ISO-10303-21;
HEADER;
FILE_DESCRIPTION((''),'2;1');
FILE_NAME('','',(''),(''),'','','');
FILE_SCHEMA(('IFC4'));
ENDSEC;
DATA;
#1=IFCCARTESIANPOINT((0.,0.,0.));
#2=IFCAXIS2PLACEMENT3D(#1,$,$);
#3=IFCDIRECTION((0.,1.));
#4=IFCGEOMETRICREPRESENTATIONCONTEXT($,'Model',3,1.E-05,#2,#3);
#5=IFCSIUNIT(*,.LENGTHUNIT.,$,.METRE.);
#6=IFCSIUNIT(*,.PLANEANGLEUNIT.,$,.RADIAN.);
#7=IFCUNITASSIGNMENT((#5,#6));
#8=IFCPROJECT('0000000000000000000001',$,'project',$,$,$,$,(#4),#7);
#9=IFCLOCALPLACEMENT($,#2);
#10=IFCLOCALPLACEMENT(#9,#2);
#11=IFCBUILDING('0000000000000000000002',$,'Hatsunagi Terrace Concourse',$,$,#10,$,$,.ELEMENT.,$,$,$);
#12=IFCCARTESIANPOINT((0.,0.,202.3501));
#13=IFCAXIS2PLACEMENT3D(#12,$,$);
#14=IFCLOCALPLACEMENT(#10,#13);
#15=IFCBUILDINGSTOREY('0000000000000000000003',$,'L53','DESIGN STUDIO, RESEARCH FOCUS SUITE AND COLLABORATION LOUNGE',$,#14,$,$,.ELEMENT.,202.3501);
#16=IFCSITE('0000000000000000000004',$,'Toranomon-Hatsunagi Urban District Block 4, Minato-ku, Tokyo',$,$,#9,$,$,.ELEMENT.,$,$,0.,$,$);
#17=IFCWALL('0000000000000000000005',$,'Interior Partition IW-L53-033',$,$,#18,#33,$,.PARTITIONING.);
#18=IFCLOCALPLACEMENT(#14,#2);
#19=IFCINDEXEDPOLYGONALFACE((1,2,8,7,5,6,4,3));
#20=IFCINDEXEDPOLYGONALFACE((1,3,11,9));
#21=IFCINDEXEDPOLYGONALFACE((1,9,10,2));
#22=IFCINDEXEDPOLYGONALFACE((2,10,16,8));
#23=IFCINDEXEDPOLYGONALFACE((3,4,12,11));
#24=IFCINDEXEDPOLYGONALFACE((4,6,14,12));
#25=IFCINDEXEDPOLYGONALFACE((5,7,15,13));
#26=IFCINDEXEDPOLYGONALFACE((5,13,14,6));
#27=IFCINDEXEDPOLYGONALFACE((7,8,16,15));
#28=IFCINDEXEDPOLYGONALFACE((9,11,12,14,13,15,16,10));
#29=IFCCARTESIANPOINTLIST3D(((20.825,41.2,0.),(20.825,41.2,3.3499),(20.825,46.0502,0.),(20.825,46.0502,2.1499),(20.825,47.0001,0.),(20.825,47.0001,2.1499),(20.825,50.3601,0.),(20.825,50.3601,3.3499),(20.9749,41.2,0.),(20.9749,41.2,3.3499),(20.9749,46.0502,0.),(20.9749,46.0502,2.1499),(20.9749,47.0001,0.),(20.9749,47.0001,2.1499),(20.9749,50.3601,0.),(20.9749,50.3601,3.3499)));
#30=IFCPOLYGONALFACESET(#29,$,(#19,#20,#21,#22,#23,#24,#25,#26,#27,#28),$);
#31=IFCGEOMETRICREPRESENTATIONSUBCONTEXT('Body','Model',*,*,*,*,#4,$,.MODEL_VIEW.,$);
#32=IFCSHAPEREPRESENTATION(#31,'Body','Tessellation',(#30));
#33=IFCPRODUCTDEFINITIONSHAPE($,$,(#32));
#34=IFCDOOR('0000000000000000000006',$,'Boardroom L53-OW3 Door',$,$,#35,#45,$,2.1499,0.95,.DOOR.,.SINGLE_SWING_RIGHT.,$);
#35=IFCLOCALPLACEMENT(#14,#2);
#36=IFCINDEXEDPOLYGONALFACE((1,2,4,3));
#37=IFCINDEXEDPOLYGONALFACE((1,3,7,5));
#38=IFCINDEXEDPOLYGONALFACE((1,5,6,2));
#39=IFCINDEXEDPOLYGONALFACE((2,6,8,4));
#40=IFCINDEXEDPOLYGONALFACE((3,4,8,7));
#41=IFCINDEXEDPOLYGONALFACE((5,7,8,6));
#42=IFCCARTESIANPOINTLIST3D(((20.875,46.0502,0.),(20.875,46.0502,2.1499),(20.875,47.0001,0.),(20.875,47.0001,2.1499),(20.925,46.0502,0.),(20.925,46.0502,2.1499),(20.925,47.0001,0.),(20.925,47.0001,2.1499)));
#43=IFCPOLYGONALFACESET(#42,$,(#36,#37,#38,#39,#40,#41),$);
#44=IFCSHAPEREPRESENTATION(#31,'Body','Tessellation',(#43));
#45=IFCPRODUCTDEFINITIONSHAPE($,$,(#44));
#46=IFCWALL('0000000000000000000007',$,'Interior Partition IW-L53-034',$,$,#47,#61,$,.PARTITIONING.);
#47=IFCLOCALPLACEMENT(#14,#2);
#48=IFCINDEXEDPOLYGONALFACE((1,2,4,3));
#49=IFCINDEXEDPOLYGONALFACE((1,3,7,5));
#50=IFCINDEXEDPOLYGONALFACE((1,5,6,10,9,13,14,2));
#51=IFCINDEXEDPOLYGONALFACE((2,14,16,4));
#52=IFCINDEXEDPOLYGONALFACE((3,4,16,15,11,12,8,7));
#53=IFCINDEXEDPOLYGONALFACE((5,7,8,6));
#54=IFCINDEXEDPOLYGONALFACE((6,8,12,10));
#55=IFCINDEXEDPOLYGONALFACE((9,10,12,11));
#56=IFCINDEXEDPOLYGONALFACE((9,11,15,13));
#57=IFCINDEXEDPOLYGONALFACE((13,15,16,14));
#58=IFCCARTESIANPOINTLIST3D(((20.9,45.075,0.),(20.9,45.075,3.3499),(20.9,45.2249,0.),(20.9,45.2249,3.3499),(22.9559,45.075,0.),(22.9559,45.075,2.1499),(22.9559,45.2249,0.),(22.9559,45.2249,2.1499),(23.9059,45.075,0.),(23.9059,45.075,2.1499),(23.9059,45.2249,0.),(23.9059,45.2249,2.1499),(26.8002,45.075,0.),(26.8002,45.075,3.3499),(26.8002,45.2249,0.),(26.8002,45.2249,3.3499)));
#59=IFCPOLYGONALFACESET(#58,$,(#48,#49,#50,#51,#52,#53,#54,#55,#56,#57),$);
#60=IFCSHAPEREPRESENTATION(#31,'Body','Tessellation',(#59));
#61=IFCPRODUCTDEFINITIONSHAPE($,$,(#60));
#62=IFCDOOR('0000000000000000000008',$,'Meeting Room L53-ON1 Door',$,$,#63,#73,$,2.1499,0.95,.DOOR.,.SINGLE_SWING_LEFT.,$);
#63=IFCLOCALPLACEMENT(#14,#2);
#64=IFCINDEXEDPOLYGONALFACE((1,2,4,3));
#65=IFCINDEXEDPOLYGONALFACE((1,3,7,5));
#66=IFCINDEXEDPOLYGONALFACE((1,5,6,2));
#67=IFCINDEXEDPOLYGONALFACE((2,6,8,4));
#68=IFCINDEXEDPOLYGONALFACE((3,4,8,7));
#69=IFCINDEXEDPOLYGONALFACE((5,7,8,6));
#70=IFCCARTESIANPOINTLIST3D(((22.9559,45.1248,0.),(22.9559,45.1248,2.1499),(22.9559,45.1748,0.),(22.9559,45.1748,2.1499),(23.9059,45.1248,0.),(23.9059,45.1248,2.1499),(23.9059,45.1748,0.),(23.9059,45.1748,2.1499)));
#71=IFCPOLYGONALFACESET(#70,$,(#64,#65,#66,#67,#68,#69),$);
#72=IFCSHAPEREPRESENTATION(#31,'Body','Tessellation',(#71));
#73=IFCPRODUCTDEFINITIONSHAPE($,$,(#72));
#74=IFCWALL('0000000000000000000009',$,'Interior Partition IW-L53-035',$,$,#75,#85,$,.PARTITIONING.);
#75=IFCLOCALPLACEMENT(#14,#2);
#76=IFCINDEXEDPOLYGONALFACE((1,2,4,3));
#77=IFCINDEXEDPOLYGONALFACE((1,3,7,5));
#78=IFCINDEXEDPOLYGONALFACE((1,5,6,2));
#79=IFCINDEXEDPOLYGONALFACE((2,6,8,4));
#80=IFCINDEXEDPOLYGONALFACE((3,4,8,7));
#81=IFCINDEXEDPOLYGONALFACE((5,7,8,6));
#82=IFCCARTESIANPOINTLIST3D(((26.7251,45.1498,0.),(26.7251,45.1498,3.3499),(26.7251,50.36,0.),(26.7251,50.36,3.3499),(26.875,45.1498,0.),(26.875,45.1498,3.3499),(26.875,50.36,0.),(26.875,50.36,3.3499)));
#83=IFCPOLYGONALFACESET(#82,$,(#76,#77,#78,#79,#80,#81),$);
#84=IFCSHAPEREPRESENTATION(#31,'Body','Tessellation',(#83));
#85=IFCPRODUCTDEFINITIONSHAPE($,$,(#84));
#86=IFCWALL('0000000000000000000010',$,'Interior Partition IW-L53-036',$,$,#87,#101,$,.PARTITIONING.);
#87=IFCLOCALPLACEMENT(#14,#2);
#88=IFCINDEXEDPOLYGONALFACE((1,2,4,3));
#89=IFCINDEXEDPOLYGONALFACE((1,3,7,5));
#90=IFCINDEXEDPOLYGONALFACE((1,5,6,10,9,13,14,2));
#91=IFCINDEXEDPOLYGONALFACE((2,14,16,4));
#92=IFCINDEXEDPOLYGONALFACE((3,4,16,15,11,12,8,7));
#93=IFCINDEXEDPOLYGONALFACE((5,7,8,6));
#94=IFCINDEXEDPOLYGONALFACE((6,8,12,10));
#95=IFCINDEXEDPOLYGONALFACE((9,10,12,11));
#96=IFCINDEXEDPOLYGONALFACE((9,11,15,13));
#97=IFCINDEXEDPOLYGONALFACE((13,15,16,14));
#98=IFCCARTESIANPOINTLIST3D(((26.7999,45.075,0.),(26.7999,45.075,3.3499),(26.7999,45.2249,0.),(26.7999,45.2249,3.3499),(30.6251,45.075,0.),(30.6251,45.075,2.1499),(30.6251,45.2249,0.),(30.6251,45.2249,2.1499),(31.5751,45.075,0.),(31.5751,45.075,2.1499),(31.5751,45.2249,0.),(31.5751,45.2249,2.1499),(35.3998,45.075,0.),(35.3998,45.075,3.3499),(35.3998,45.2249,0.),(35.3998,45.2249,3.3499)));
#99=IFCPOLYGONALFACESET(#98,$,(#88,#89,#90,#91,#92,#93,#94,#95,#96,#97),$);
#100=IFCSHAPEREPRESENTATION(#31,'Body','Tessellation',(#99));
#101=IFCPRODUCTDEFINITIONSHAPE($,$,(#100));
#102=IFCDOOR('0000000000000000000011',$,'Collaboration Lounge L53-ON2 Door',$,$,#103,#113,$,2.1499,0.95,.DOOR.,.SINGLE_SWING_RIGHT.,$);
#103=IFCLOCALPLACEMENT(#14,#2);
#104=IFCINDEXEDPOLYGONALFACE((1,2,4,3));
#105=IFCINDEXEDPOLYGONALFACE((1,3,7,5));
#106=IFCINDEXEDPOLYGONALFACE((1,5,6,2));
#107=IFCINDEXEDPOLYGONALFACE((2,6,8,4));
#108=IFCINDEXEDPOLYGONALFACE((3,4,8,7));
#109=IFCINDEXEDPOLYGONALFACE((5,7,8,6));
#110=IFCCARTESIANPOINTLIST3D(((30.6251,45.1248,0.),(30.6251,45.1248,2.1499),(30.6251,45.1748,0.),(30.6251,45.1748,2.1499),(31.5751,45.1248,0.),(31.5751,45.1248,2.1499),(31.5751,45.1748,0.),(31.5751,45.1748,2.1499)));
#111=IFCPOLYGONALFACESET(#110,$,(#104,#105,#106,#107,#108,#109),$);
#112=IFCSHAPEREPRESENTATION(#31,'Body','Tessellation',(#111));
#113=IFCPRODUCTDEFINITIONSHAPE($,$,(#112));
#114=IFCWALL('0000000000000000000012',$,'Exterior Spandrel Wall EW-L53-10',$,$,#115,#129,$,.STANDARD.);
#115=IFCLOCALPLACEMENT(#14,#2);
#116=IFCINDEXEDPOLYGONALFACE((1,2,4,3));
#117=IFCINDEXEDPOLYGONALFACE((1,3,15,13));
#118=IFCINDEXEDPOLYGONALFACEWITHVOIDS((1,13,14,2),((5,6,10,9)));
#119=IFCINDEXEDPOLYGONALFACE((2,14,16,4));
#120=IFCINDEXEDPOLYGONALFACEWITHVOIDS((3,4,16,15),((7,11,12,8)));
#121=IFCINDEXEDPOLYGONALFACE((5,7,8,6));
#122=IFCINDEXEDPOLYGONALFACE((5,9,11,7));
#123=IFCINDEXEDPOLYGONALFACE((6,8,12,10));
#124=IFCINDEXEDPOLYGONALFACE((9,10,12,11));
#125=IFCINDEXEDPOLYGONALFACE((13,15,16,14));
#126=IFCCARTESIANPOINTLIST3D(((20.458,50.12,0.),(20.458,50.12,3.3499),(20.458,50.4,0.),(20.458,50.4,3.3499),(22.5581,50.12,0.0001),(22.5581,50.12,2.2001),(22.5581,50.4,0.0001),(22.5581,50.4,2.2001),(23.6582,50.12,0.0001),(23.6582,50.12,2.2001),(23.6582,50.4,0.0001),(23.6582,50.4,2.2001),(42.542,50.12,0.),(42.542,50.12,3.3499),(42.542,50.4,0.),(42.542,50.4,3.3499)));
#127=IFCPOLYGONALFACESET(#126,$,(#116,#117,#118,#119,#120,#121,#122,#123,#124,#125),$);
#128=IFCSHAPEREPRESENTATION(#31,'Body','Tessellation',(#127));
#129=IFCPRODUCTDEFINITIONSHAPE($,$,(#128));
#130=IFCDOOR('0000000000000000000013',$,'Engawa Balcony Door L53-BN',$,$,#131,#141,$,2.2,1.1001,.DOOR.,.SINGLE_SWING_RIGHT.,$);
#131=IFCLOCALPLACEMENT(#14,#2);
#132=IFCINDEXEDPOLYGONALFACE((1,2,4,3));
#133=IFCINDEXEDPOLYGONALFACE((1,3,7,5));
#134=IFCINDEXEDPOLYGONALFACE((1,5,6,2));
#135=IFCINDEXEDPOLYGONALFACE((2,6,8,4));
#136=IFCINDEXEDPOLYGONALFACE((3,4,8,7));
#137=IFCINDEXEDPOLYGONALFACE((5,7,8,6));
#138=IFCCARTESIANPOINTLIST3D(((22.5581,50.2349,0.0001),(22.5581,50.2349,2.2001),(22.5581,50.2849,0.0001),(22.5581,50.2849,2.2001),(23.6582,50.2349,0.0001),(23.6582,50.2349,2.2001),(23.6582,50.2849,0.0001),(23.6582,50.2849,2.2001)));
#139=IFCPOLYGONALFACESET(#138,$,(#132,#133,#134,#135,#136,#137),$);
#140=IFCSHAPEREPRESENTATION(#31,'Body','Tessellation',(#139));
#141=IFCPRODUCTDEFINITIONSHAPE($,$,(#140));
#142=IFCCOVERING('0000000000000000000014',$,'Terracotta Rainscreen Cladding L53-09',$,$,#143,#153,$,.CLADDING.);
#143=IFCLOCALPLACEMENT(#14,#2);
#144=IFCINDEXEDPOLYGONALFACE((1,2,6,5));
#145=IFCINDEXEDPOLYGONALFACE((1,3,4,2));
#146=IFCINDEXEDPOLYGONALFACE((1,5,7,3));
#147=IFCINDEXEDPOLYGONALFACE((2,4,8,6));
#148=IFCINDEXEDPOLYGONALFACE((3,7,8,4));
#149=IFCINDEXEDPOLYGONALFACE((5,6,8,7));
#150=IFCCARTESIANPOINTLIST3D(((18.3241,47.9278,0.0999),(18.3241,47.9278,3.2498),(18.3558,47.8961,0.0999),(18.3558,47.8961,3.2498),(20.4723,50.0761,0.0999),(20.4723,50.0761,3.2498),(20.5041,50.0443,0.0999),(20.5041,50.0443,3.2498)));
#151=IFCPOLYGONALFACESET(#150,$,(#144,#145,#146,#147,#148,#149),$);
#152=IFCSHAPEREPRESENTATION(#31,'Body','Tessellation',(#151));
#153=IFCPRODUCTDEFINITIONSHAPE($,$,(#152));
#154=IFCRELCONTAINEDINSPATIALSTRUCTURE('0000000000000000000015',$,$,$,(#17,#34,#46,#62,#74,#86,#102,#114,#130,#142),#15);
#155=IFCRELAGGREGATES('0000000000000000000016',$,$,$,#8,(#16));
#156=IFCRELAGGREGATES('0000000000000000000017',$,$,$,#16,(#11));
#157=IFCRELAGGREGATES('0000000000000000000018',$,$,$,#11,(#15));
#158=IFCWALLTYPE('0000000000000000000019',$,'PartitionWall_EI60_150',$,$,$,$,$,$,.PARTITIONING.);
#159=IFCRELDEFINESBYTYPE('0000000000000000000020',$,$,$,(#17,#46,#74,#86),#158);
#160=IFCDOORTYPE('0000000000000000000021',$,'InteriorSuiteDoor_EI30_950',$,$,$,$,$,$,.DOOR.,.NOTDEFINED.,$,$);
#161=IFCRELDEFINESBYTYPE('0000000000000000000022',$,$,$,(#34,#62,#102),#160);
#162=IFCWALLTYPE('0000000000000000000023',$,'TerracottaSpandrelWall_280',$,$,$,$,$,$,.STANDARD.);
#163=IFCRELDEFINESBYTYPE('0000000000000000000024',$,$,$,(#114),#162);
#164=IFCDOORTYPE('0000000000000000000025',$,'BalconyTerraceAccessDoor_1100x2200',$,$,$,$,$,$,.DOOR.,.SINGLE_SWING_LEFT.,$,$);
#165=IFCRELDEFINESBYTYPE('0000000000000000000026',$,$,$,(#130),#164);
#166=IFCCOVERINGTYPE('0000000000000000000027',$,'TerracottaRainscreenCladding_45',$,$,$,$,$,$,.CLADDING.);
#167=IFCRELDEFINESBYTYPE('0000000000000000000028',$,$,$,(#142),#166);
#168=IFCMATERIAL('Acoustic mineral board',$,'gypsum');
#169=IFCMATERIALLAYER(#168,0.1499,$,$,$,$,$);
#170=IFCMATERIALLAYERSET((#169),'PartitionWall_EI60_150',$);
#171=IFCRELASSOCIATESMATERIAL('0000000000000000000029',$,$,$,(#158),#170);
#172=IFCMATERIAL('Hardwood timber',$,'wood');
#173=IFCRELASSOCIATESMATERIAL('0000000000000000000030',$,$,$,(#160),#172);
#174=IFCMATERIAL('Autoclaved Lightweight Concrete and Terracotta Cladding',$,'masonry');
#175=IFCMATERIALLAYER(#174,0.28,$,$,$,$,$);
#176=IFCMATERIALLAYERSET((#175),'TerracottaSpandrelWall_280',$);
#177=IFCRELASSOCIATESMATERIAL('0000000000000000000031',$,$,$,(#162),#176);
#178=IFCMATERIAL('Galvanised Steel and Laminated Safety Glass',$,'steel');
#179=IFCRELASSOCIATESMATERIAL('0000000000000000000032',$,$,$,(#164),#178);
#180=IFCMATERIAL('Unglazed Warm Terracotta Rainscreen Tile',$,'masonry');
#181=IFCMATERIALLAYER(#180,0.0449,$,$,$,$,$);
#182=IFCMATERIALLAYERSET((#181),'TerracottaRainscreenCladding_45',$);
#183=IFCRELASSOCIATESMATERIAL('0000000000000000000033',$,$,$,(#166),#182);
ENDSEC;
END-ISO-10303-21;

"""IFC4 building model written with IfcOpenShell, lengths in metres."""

from ifc_helpers import new_model, si_unit, direction, frame, frame_2d, origin, origin_2d, place, context, subcontext, project, spatial, rectangle, extrude, material, layer, layer_set, type_object, element, fill, save


model = new_model("IFC4")

# Units and contexts
model_context = context("Model", 3, precision=1e-05, world=origin(), true_north=direction((0.0, 1.0)))
body_context = subcontext(model_context, "Body", "Model", "MODEL_VIEW")
ifc_project = project(units=[si_unit("LENGTHUNIT", "METRE"), si_unit("PLANEANGLEUNIT", "RADIAN")], contexts=[model_context])

# Site, building, storey
site_placement = place(None, origin())
site = spatial("IfcSite", under=ifc_project, at=site_placement, Name="Toranomon-Hatsunagi Urban District Block 4, Minato-ku, Tokyo", CompositionType="ELEMENT", RefElevation=0.0)
building_placement = place(site_placement, origin())
building = spatial("IfcBuilding", under=site, at=building_placement, Name="Hatsunagi Terrace Concourse", CompositionType="ELEMENT")
storey_placement = place(building_placement, frame((0.0, 0.0, 202.3501)))
storey = spatial("IfcBuildingStorey", under=building, at=storey_placement, Name="L53", Description="DESIGN STUDIO, RESEARCH FOCUS SUITE AND COLLABORATION LOUNGE", CompositionType="ELEMENT", Elevation=202.3501)

# Walls, openings, doors
ifc_material_1 = material(Name="Acoustic mineral board", Category="gypsum")
ifc_layer_1 = layer(ifc_material_1, 0.1499)
ifc_layer_set_1 = layer_set([ifc_layer_1], Name="PartitionWall_EI60_150")
wall_type_1 = type_object("IfcWallType", Name="PartitionWall_EI60_150", PredefinedType="PARTITIONING", material=ifc_layer_set_1)
wall_1_placement = place(storey_placement, frame((20.8999, 41.2, 0.0), z_axis=(0.0, 0.0, 1.0), x_axis=(0.0, 1.0, 0.0)))
wall_1 = element("IfcWall", 1, at=wall_1_placement, inside=storey, type_object=wall_type_1, Name="Interior Partition IW-L53-033", PredefinedType="PARTITIONING", context=body_context, shape_type="SweptSolid", body=[
    extrude(rectangle(XDim=9.1602, YDim=0.1499, at=frame_2d((4.5801, 0.0))), origin(), (0.0, 0.0, 1.0), 3.3499),
])
opening_1_placement = place(wall_1_placement, frame((4.8501, 0.0, 0.0)))
opening_1 = element("IfcOpeningElement", 2, at=opening_1_placement, cuts=wall_1, PredefinedType="OPENING", context=body_context, shape_type="SweptSolid", body=[
    extrude(rectangle(XDim=0.95, YDim=2.1499, at=frame_2d((0.4751, 1.075))), frame((0.0, 0.085, 0.0), z_axis=(0.0, -1.0, 0.0), x_axis=(1.0, 0.0, 0.0)), (0.0, 0.0, 1.0), 0.1699),
])
ifc_material_2 = material(Name="Hardwood timber", Category="wood")
door_type_1 = type_object("IfcDoorType", Name="InteriorSuiteDoor_EI30_950", OperationType="NOTDEFINED", PredefinedType="DOOR", material=ifc_material_2)
door_1_placement = place(opening_1_placement, origin())
door_1 = element("IfcDoor", 3, at=door_1_placement, inside=storey, type_object=door_type_1, Name="Boardroom L53-OW3 Door", OperationType="SINGLE_SWING_RIGHT", OverallHeight=2.1499, OverallWidth=0.95, PredefinedType="DOOR", context=body_context, shape_type="SweptSolid", body=[
    extrude(rectangle(XDim=0.95, YDim=2.1499, at=frame_2d((0.4751, 1.075))), frame((0.0, 0.0249, 0.0), z_axis=(0.0, -1.0, 0.0), x_axis=(1.0, 0.0, 0.0)), (0.0, 0.0, 1.0), 0.05),
])
fill(opening_1, door_1)
wall_2_placement = place(storey_placement, frame((20.8999, 45.1499, 0.0), z_axis=(0.0, 0.0, 1.0), x_axis=(1.0, 0.0, 0.0)))
wall_2 = element("IfcWall", 4, at=wall_2_placement, inside=storey, type_object=wall_type_1, Name="Interior Partition IW-L53-034", PredefinedType="PARTITIONING", context=body_context, shape_type="SweptSolid", body=[
    extrude(rectangle(XDim=5.9001, YDim=0.1499, at=frame_2d((2.9502, 0.0))), origin(), (0.0, 0.0, 1.0), 3.3499),
])
opening_2_placement = place(wall_2_placement, frame((2.0559, 0.0, 0.0)))
opening_2 = element("IfcOpeningElement", 5, at=opening_2_placement, cuts=wall_2, PredefinedType="OPENING", context=body_context, shape_type="SweptSolid", body=[
    extrude(rectangle(XDim=0.95, YDim=2.1499, at=frame_2d((0.4751, 1.075))), frame((0.0, 0.085, 0.0), z_axis=(0.0, -1.0, 0.0), x_axis=(1.0, 0.0, 0.0)), (0.0, 0.0, 1.0), 0.1699),
])
door_2_placement = place(opening_2_placement, origin())
door_2 = element("IfcDoor", 6, at=door_2_placement, inside=storey, type_object=door_type_1, Name="Meeting Room L53-ON1 Door", OperationType="SINGLE_SWING_LEFT", OverallHeight=2.1499, OverallWidth=0.95, PredefinedType="DOOR", context=body_context, shape_type="SweptSolid", body=[
    extrude(rectangle(XDim=0.95, YDim=2.1499, at=frame_2d((0.4751, 1.075))), frame((0.0, 0.0249, 0.0), z_axis=(0.0, -1.0, 0.0), x_axis=(1.0, 0.0, 0.0)), (0.0, 0.0, 1.0), 0.05),
])
fill(opening_2, door_2)

# Wall
wall_3_placement = place(storey_placement, frame((26.8, 45.1499, 0.0), z_axis=(0.0, 0.0, 1.0), x_axis=(0.0, 1.0, 0.0)))
element("IfcWall", 7, at=wall_3_placement, inside=storey, type_object=wall_type_1, Name="Interior Partition IW-L53-035", PredefinedType="PARTITIONING", context=body_context, shape_type="SweptSolid", body=[
    extrude(rectangle(XDim=5.2102, YDim=0.1499, at=frame_2d((2.605, 0.0))), origin(), (0.0, 0.0, 1.0), 3.3499),
])

# Walls, openings, doors
wall_4_placement = place(storey_placement, frame((26.8, 45.1499, 0.0), z_axis=(0.0, 0.0, 1.0), x_axis=(1.0, 0.0, 0.0)))
wall_4 = element("IfcWall", 8, at=wall_4_placement, inside=storey, type_object=wall_type_1, Name="Interior Partition IW-L53-036", PredefinedType="PARTITIONING", context=body_context, shape_type="SweptSolid", body=[
    extrude(rectangle(XDim=8.5999, YDim=0.1499, at=frame_2d((4.2998, 0.0))), origin(), (0.0, 0.0, 1.0), 3.3499),
])
opening_3_placement = place(wall_4_placement, frame((3.825, 0.0, 0.0)))
opening_3 = element("IfcOpeningElement", 9, at=opening_3_placement, cuts=wall_4, PredefinedType="OPENING", context=body_context, shape_type="SweptSolid", body=[
    extrude(rectangle(XDim=0.95, YDim=2.1499, at=frame_2d((0.4751, 1.075))), frame((0.0, 0.085, 0.0), z_axis=(0.0, -1.0, 0.0), x_axis=(1.0, 0.0, 0.0)), (0.0, 0.0, 1.0), 0.1699),
])
door_3_placement = place(opening_3_placement, origin())
door_3 = element("IfcDoor", 10, at=door_3_placement, inside=storey, type_object=door_type_1, Name="Collaboration Lounge L53-ON2 Door", OperationType="SINGLE_SWING_RIGHT", OverallHeight=2.1499, OverallWidth=0.95, PredefinedType="DOOR", context=body_context, shape_type="SweptSolid", body=[
    extrude(rectangle(XDim=0.95, YDim=2.1499, at=frame_2d((0.4751, 1.075))), frame((0.0, 0.0249, 0.0), z_axis=(0.0, -1.0, 0.0), x_axis=(1.0, 0.0, 0.0)), (0.0, 0.0, 1.0), 0.05),
])
fill(opening_3, door_3)
ifc_material_3 = material(Name="Autoclaved Lightweight Concrete and Terracotta Cladding", Category="masonry")
ifc_layer_2 = layer(ifc_material_3, 0.28)
ifc_layer_set_2 = layer_set([ifc_layer_2], Name="TerracottaSpandrelWall_280")
wall_type_2 = type_object("IfcWallType", Name="TerracottaSpandrelWall_280", PredefinedType="STANDARD", material=ifc_layer_set_2)
wall_5_placement = place(storey_placement, frame((20.458, 50.26, 0.0), z_axis=(0.0, 0.0, 1.0), x_axis=(1.0, 0.0, 0.0)))
wall_5 = element("IfcWall", 11, at=wall_5_placement, inside=storey, type_object=wall_type_2, Name="Exterior Spandrel Wall EW-L53-10", PredefinedType="STANDARD", context=body_context, shape_type="SweptSolid", body=[
    extrude(rectangle(XDim=22.084, YDim=0.28, at=frame_2d((11.042, 0.0))), origin(), (0.0, 0.0, 1.0), 3.3499),
])
opening_4_placement = place(wall_5_placement, frame((2.1001, 0.0, 0.0)))
opening_4 = element("IfcOpeningElement", 12, at=opening_4_placement, cuts=wall_5, PredefinedType="OPENING", context=body_context, shape_type="SweptSolid", body=[
    extrude(rectangle(XDim=1.1001, YDim=2.2, at=frame_2d((0.55, 1.1001))), frame((0.0, 0.1499, 0.0), z_axis=(0.0, -1.0, 0.0), x_axis=(1.0, 0.0, 0.0)), (0.0, 0.0, 1.0), 0.3),
])
ifc_material_4 = material(Name="Galvanised Steel and Laminated Safety Glass", Category="steel")
door_type_2 = type_object("IfcDoorType", Name="BalconyTerraceAccessDoor_1100x2200", OperationType="SINGLE_SWING_LEFT", PredefinedType="DOOR", material=ifc_material_4)
door_4_placement = place(opening_4_placement, origin())
door_4 = element("IfcDoor", 13, at=door_4_placement, inside=storey, type_object=door_type_2, Name="Engawa Balcony Door L53-BN", OperationType="SINGLE_SWING_RIGHT", OverallHeight=2.2, OverallWidth=1.1001, PredefinedType="DOOR", context=body_context, shape_type="SweptSolid", body=[
    extrude(rectangle(XDim=1.1001, YDim=2.2, at=frame_2d((0.55, 1.1001))), frame((0.0, 0.0249, 0.0), z_axis=(0.0, -1.0, 0.0), x_axis=(1.0, 0.0, 0.0)), (0.0, 0.0, 1.0), 0.05),
])
fill(opening_4, door_4)

# Covering
ifc_material_5 = material(Name="Unglazed Warm Terracotta Rainscreen Tile", Category="masonry")
ifc_layer_3 = layer(ifc_material_5, 0.0449)
ifc_layer_set_3 = layer_set([ifc_layer_3], Name="TerracottaRainscreenCladding_45")
covering_type = type_object("IfcCoveringType", Name="TerracottaRainscreenCladding_45", PredefinedType="CLADDING", material=ifc_layer_set_3)
covering_placement = place(storey_placement, frame((19.4141, 48.9861, 0.0999), z_axis=(0.0, 0.0, 1.0), x_axis=(0.707107, 0.707107, 0.0)))
element("IfcCovering", 14, at=covering_placement, inside=storey, type_object=covering_type, Name="Terracotta Rainscreen Cladding L53-09", PredefinedType="CLADDING", context=body_context, shape_type="SweptSolid", body=[
    extrude(rectangle(XDim=3.0381, YDim=0.0449, at=origin_2d()), origin(), (0.0, 0.0, 1.0), 3.1499),
])

save(model, "model.ifc")
